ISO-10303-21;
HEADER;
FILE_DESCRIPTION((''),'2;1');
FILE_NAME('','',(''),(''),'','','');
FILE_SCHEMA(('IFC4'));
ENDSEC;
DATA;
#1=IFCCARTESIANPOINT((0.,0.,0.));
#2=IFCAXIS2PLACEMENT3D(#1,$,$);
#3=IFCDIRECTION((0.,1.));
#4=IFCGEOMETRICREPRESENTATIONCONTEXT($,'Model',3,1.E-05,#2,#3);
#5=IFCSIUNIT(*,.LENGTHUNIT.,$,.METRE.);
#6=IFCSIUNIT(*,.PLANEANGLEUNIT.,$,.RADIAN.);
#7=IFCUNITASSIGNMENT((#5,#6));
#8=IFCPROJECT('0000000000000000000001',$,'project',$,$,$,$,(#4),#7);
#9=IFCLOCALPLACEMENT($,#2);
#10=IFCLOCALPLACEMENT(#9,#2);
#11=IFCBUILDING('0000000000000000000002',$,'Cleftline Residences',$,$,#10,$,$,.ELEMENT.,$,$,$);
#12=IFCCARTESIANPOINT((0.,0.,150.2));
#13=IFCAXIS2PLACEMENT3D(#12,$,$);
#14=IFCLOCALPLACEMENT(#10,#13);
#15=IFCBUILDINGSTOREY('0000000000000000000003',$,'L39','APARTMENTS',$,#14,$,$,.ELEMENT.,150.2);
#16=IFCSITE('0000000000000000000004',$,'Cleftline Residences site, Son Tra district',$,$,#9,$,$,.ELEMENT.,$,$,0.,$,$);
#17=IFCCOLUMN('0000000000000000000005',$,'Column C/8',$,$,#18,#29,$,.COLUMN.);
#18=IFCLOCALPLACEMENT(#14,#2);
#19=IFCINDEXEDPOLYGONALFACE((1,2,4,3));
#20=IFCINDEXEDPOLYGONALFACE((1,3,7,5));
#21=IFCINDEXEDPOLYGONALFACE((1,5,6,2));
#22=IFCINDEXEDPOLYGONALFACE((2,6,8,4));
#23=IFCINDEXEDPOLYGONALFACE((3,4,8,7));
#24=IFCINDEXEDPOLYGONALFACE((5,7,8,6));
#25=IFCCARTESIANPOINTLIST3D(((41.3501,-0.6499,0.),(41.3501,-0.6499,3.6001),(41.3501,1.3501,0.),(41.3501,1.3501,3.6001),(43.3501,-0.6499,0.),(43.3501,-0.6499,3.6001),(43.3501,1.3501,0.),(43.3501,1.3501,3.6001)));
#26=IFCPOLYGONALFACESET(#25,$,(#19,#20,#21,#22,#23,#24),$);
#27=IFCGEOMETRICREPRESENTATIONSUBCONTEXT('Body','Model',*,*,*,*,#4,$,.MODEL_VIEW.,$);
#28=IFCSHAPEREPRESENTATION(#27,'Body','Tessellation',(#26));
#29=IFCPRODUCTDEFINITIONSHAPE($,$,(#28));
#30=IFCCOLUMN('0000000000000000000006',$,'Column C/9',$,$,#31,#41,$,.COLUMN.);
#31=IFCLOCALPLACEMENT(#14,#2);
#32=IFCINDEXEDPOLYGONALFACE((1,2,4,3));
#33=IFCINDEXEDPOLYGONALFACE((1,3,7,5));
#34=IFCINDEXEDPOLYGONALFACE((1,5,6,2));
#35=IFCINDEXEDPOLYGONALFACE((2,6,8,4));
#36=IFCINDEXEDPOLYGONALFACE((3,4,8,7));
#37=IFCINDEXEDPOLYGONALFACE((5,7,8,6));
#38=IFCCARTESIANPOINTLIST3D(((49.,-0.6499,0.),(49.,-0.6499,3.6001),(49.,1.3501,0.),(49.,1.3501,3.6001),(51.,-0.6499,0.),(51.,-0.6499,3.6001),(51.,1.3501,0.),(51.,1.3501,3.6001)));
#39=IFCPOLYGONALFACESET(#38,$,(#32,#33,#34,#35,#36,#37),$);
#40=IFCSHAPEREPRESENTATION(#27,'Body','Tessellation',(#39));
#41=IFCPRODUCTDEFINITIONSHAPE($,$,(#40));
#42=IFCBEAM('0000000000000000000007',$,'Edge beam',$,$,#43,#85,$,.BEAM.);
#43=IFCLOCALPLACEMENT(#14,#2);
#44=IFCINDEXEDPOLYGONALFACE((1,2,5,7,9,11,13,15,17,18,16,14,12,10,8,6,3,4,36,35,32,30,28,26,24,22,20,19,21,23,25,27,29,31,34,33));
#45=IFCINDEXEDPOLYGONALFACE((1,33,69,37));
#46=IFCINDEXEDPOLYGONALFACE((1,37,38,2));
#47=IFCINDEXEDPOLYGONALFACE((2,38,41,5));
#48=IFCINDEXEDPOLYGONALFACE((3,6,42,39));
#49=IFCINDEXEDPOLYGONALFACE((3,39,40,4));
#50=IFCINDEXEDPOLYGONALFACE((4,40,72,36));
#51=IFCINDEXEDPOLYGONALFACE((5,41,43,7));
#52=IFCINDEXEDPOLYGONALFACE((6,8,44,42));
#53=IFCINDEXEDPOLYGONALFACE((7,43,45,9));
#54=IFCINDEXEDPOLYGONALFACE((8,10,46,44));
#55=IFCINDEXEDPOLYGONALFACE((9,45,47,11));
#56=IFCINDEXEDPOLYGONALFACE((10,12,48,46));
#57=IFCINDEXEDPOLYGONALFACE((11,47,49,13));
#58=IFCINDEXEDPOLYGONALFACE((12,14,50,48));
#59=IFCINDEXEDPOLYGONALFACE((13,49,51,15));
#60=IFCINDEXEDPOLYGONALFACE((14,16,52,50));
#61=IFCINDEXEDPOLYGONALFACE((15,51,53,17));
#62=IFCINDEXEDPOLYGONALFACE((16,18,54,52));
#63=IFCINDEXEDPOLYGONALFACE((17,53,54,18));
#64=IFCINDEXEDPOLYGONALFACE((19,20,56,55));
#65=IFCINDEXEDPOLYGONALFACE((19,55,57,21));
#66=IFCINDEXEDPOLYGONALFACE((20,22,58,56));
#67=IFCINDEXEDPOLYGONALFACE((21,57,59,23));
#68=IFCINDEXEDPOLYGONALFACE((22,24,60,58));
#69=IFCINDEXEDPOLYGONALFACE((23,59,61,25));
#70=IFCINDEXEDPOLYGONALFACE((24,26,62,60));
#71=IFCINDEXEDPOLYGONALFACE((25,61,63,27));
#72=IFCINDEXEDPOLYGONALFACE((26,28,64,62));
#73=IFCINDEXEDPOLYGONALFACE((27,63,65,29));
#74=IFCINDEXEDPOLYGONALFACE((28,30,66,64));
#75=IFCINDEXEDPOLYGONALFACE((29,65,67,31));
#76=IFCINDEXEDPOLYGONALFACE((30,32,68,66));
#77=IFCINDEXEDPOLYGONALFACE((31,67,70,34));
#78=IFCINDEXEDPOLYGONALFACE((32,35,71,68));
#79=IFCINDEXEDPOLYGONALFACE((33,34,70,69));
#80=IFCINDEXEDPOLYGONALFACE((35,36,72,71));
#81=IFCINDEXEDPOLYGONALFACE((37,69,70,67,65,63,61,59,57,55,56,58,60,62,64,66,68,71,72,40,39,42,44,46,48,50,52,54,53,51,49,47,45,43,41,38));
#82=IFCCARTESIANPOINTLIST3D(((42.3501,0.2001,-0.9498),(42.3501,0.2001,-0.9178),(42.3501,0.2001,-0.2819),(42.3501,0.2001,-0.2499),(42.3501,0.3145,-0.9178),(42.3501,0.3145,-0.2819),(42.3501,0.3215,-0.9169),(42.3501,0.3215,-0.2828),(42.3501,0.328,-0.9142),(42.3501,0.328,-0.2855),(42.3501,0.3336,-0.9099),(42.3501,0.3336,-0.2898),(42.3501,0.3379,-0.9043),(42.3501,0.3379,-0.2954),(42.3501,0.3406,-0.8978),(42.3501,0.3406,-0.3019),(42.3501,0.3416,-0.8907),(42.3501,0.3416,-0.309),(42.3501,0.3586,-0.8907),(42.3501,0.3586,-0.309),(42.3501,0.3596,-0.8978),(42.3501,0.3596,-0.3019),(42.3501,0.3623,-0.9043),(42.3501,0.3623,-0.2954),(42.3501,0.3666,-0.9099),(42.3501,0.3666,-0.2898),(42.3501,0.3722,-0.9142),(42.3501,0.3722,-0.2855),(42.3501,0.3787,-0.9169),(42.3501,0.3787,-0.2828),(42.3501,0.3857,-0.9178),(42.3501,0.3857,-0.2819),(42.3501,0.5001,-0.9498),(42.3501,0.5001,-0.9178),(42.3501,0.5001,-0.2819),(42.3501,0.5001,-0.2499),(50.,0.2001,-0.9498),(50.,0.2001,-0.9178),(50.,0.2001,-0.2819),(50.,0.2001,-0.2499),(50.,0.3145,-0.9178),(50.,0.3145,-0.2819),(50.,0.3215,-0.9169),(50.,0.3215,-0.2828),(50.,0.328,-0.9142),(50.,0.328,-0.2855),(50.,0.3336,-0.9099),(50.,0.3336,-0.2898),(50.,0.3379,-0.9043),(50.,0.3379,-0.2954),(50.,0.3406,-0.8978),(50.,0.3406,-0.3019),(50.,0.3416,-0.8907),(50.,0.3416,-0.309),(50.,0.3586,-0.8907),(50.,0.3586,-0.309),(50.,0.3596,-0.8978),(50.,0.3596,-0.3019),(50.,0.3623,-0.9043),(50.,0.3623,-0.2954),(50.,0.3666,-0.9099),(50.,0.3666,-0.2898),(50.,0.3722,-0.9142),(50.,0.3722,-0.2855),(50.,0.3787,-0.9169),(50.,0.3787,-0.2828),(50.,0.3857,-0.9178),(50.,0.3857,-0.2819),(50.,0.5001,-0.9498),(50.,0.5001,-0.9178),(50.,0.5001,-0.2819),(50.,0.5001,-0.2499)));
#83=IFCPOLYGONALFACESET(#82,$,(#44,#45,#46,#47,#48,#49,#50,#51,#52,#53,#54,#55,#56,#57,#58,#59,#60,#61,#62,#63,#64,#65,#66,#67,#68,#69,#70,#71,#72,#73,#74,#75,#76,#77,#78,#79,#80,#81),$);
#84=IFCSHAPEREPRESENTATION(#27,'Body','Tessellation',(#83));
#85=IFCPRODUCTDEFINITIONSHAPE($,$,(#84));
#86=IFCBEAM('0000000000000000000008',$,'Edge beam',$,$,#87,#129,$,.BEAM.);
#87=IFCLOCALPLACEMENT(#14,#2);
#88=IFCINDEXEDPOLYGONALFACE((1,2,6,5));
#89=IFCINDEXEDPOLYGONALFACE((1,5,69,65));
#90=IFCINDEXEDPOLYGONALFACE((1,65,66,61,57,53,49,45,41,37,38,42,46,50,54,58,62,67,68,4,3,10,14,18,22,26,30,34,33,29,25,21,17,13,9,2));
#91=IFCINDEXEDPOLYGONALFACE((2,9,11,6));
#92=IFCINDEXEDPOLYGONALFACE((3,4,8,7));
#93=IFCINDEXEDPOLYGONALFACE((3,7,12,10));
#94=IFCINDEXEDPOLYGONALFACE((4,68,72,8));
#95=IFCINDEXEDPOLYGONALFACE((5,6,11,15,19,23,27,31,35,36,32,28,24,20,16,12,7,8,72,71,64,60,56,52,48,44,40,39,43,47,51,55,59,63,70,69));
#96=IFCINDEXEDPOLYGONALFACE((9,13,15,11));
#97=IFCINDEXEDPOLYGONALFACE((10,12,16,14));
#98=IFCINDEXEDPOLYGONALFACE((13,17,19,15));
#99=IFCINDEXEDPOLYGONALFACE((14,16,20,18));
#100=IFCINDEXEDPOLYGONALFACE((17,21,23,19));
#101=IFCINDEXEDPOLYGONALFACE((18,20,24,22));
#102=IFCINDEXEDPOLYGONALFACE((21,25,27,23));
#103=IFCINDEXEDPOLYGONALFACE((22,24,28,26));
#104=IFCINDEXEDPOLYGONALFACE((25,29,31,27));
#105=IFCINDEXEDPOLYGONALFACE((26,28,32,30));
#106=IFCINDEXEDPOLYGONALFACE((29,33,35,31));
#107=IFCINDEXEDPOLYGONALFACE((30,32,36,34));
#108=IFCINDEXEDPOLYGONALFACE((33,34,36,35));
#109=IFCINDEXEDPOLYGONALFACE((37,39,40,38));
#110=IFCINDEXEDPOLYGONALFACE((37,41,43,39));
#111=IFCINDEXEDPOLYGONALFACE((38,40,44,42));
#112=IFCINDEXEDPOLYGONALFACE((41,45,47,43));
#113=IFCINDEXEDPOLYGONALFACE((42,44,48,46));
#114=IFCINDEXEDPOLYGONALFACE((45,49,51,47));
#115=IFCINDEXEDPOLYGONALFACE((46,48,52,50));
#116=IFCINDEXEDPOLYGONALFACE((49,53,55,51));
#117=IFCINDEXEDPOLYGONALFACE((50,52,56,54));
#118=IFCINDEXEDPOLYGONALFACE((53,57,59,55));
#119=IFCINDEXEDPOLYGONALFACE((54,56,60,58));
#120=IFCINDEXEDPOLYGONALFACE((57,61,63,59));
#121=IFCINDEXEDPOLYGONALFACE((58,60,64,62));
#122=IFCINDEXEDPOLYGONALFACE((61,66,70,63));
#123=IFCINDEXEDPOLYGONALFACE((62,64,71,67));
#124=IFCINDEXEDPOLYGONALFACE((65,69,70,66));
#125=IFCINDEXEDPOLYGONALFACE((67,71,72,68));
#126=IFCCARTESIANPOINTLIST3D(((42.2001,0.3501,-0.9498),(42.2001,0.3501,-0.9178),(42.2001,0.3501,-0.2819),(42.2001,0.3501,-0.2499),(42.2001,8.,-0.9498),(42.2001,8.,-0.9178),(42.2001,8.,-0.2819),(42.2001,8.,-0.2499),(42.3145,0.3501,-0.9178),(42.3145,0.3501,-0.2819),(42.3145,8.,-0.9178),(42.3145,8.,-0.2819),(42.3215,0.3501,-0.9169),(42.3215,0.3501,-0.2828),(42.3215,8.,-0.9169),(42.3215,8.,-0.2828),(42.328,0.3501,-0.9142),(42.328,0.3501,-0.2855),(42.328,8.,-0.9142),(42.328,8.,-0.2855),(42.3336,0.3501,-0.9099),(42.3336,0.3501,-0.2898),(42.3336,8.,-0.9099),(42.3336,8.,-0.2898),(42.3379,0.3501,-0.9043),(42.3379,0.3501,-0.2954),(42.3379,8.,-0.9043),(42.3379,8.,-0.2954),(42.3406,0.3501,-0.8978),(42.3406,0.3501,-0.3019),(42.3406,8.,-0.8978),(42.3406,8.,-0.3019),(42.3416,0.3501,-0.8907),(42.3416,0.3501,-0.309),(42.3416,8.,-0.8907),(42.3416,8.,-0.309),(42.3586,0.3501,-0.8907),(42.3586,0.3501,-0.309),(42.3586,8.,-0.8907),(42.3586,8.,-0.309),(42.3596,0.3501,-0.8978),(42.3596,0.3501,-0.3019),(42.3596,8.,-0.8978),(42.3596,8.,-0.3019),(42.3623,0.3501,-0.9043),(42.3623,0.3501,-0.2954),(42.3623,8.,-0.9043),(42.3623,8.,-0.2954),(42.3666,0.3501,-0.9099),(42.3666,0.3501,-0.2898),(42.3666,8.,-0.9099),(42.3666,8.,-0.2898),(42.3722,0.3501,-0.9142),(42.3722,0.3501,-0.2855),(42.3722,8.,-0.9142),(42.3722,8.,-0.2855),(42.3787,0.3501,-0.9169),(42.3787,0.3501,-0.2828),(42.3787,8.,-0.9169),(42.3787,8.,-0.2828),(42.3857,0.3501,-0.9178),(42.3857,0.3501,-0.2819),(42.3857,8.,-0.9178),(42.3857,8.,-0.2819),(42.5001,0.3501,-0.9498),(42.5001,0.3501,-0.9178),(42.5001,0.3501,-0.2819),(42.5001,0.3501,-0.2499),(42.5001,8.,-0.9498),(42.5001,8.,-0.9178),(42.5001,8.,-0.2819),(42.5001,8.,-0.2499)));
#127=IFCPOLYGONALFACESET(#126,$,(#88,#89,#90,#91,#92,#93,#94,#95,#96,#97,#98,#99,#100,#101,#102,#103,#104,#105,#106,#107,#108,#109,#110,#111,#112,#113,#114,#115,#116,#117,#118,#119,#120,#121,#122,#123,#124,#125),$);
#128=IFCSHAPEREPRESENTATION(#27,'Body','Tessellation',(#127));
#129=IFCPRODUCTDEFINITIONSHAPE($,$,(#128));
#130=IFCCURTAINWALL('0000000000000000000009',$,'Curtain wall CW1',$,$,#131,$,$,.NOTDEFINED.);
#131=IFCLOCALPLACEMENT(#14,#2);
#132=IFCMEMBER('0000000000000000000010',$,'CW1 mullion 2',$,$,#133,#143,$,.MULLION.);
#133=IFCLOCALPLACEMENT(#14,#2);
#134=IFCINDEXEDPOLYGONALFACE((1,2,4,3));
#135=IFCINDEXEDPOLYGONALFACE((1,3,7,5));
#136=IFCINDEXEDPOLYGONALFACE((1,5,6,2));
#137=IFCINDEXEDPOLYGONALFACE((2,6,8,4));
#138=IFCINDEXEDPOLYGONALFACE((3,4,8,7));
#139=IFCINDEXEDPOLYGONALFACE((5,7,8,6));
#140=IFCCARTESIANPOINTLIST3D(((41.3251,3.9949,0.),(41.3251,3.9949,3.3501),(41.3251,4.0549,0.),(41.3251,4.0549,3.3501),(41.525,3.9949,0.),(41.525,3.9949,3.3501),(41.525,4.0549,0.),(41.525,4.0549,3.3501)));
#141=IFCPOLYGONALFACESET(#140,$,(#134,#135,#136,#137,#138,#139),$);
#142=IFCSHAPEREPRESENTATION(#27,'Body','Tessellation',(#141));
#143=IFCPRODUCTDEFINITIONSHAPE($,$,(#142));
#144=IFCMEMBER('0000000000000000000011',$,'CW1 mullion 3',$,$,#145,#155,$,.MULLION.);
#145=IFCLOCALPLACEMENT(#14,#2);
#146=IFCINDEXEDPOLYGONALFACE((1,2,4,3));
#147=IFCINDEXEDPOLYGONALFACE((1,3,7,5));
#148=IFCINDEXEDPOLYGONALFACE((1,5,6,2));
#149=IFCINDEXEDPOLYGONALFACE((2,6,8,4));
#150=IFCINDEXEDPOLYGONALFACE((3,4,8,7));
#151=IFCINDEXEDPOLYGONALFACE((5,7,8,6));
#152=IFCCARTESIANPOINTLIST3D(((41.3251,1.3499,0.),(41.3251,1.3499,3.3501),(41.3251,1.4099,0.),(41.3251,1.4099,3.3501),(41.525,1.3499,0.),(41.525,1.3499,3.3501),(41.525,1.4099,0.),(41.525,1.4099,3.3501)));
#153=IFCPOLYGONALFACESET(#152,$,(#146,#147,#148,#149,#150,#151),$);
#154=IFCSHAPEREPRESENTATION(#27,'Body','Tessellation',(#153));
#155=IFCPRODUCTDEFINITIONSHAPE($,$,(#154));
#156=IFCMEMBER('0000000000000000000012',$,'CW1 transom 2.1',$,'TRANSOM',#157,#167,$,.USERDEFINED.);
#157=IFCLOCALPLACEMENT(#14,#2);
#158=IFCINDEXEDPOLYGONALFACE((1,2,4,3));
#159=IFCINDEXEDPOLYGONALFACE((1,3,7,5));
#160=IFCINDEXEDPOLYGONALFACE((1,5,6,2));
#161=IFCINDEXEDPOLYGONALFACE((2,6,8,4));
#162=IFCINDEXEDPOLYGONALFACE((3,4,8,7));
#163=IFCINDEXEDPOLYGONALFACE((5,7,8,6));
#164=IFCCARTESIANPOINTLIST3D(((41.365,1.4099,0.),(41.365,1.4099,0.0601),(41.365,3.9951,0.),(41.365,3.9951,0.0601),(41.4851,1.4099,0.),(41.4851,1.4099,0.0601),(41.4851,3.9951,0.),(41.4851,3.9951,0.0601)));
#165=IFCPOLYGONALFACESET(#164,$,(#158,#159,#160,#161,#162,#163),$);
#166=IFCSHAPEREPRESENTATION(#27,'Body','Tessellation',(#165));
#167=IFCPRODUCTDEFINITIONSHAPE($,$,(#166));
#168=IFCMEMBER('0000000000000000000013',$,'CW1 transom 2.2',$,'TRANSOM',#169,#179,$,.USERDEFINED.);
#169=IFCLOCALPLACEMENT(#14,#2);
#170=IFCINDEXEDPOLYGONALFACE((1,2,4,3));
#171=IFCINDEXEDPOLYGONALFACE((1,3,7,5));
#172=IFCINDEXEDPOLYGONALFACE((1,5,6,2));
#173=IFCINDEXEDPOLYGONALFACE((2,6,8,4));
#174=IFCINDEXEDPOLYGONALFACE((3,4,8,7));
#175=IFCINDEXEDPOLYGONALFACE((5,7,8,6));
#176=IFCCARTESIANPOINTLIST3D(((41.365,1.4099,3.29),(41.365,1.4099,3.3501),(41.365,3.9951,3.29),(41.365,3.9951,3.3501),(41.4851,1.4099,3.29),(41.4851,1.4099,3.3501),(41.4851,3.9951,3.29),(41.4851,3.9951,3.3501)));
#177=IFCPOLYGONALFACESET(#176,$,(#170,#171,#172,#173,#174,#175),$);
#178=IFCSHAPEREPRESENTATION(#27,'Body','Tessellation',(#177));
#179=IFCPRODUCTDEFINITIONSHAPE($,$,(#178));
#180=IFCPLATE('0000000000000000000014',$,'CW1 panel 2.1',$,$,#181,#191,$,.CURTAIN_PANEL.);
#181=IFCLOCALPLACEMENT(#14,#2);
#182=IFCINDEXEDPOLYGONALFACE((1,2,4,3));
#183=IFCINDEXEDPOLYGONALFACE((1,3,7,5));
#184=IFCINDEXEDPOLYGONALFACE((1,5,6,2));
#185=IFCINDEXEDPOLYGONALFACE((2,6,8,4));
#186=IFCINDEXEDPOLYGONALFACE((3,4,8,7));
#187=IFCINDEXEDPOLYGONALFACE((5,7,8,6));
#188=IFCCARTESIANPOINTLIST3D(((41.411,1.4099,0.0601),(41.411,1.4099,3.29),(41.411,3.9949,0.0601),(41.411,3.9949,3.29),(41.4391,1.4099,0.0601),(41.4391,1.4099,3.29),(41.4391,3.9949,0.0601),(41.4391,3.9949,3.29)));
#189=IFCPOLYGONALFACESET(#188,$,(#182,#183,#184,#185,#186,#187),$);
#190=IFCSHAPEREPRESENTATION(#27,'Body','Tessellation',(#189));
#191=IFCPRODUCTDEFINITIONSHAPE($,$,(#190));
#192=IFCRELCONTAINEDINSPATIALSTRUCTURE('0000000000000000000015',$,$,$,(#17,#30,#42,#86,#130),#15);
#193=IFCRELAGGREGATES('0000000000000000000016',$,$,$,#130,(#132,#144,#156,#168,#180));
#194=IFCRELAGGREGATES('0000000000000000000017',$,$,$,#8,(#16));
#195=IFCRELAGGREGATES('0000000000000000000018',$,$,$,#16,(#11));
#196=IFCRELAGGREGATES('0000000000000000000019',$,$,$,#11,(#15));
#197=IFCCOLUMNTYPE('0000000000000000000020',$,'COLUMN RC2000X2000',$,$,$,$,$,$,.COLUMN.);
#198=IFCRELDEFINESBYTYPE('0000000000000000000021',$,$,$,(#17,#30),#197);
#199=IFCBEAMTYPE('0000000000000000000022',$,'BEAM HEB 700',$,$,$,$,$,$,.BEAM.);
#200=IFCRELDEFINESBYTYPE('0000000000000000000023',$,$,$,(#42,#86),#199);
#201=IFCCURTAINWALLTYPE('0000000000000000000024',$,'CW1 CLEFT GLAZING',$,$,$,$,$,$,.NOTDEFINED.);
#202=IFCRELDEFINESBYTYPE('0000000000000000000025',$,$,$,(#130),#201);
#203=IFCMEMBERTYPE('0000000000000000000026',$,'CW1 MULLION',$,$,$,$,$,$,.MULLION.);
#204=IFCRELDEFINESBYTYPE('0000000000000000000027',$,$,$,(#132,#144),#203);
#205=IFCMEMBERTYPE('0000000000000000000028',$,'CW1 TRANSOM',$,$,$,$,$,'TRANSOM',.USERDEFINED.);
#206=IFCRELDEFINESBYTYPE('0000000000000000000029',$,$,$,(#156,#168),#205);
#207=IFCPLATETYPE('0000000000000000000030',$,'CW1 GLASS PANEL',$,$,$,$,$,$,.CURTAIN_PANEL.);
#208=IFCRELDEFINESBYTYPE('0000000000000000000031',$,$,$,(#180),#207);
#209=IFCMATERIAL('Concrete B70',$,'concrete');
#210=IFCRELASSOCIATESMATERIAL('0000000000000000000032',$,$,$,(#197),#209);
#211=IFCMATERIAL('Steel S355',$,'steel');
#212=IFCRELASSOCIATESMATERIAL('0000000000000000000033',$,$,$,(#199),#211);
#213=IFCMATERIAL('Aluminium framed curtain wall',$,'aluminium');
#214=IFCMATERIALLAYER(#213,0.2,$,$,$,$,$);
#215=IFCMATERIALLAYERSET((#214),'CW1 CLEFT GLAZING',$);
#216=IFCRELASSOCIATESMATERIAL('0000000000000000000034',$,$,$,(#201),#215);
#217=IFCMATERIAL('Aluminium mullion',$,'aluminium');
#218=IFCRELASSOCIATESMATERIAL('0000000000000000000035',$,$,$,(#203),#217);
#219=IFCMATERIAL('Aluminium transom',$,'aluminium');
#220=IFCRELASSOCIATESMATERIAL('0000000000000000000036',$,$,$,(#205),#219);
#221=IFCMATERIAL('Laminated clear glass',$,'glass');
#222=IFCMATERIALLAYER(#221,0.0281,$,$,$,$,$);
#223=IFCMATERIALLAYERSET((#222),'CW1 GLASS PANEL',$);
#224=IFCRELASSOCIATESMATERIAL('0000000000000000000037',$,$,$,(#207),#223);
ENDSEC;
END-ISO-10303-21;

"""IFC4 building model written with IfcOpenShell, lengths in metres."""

from ifc_helpers import new_model, si_unit, direction, frame, origin, origin_2d, place, context, subcontext, project, spatial, rectangle, i_section, extrude, material, layer, layer_set, material_profile, profile_set, type_object, element, aggregate, save


model = new_model("IFC4")

# Units and contexts
model_context = context("Model", 3, precision=1e-05, world=origin(), true_north=direction((0.0, 1.0)))
body_context = subcontext(model_context, "Body", "Model", "MODEL_VIEW")
ifc_project = project(units=[si_unit("LENGTHUNIT", "METRE"), si_unit("PLANEANGLEUNIT", "RADIAN")], contexts=[model_context])

# Site, building, storey
site_placement = place(None, origin())
site = spatial("IfcSite", under=ifc_project, at=site_placement, Name="Cleftline Residences site, Son Tra district", CompositionType="ELEMENT", RefElevation=0.0)
building_placement = place(site_placement, origin())
building = spatial("IfcBuilding", under=site, at=building_placement, Name="Cleftline Residences", CompositionType="ELEMENT")
storey_placement = place(building_placement, frame((0.0, 0.0, 150.2)))
storey = spatial("IfcBuildingStorey", under=building, at=storey_placement, Name="L39", Description="APARTMENTS", CompositionType="ELEMENT", Elevation=150.2)

# Columns
ifc_material_1 = material(Name="Concrete B70", Category="concrete")
ifc_material_profile_1 = material_profile(ifc_material_1, rectangle(XDim=2.0, YDim=2.0, at=origin_2d()))
ifc_profile_set_1 = profile_set([ifc_material_profile_1], Name="Concrete B70")
column_type = type_object("IfcColumnType", Name="COLUMN RC2000X2000", PredefinedType="COLUMN", material=ifc_profile_set_1)
for number, where, z_axis, x_axis, name in (
    (1, (42.3501, 0.3501, 0.0), (0.0, 0.0, 1.0), (1.0, 0.0, 0.0), "Column C/8"),
    (2, (50.0, 0.3501, 0.0), (0.0, 0.0, 1.0), (1.0, 0.0, 0.0), "Column C/9"),
):
    element("IfcColumn", number, at=place(storey_placement, frame(where, z_axis=z_axis, x_axis=x_axis)), inside=storey, type_object=column_type, Name=name, PredefinedType="COLUMN", context=body_context, shape_type="SweptSolid", body=[
        extrude(rectangle(XDim=2.0, YDim=2.0, at=origin_2d()), origin(), (0.0, 0.0, 1.0), 3.6001),
    ])

# Beams
ifc_material_2 = material(Name="Steel S355", Category="steel")
ifc_material_profile_2 = material_profile(ifc_material_2, i_section(OverallWidth=0.3, OverallDepth=0.7, WebThickness=0.0171, FlangeThickness=0.032, FilletRadius=0.0271, at=origin_2d()))
ifc_profile_set_2 = profile_set([ifc_material_profile_2], Name="Steel S355")
beam_type = type_object("IfcBeamType", Name="BEAM HEB 700", PredefinedType="BEAM", material=ifc_profile_set_2)
for number, where, z_axis, x_axis, name in (
    (3, (50.0, 0.3501, -0.5999), (-1.0, 0.0, 0.0), (0.0, -1.0, 0.0), "Edge beam"),
    (4, (42.3501, 0.3501, -0.5999), (0.0, 1.0, 0.0), (-1.0, 0.0, 0.0), "Edge beam"),
):
    element("IfcBeam", number, at=place(storey_placement, frame(where, z_axis=z_axis, x_axis=x_axis)), inside=storey, type_object=beam_type, Name=name, PredefinedType="BEAM", context=body_context, shape_type="SweptSolid", body=[
        extrude(i_section(OverallWidth=0.3, OverallDepth=0.7, WebThickness=0.0171, FlangeThickness=0.032, FilletRadius=0.0271, at=origin_2d()), origin(), (0.0, 0.0, 1.0), 7.6499),
    ])

# Curtain wall, members, plate
ifc_material_3 = material(Name="Aluminium framed curtain wall", Category="aluminium")
ifc_layer_1 = layer(ifc_material_3, 0.2)
ifc_layer_set_1 = layer_set([ifc_layer_1], Name="CW1 CLEFT GLAZING")
curtain_wall_type = type_object("IfcCurtainWallType", Name="CW1 CLEFT GLAZING", PredefinedType="NOTDEFINED", material=ifc_layer_set_1)
curtain_wall_placement = place(storey_placement, origin())
curtain_wall = element("IfcCurtainWall", 5, at=curtain_wall_placement, inside=storey, type_object=curtain_wall_type, Name="Curtain wall CW1", PredefinedType="NOTDEFINED")
ifc_material_4 = material(Name="Aluminium mullion", Category="aluminium")
ifc_material_profile_3 = material_profile(ifc_material_4, rectangle(XDim=0.2, YDim=0.0601, at=origin_2d()))
ifc_profile_set_3 = profile_set([ifc_material_profile_3], Name="Aluminium mullion")
member_type_1 = type_object("IfcMemberType", Name="CW1 MULLION", PredefinedType="MULLION", material=ifc_profile_set_3)
member_1_placement = place(storey_placement, frame((41.425, 4.0249, 0.0), z_axis=(0.0, 0.0, 1.0), x_axis=(1.0, 0.0, 0.0)))
member_1 = element("IfcMember", 6, at=member_1_placement, type_object=member_type_1, Name="CW1 mullion 2", PredefinedType="MULLION", context=body_context, shape_type="SweptSolid", body=[
    extrude(rectangle(XDim=0.2, YDim=0.0601, at=origin_2d()), origin(), (0.0, 0.0, 1.0), 3.3501),
])
member_2_placement = place(storey_placement, frame((41.425, 1.3799, 0.0), z_axis=(0.0, 0.0, 1.0), x_axis=(1.0, 0.0, 0.0)))
member_2 = element("IfcMember", 7, at=member_2_placement, type_object=member_type_1, Name="CW1 mullion 3", PredefinedType="MULLION", context=body_context, shape_type="SweptSolid", body=[
    extrude(rectangle(XDim=0.2, YDim=0.0601, at=origin_2d()), origin(), (0.0, 0.0, 1.0), 3.3501),
])
ifc_material_5 = material(Name="Aluminium transom", Category="aluminium")
ifc_material_profile_4 = material_profile(ifc_material_5, rectangle(XDim=0.1201, YDim=0.0601, at=origin_2d()))
ifc_profile_set_4 = profile_set([ifc_material_profile_4], Name="Aluminium transom")
member_type_2 = type_object("IfcMemberType", Name="CW1 TRANSOM", ElementType="TRANSOM", PredefinedType="USERDEFINED", material=ifc_profile_set_4)
member_3_placement = place(storey_placement, frame((41.425, 3.9951, 0.03), z_axis=(0.0, -1.0, 0.0), x_axis=(1.0, 0.0, 0.0)))
member_3 = element("IfcMember", 8, at=member_3_placement, type_object=member_type_2, Name="CW1 transom 2.1", ObjectType="TRANSOM", PredefinedType="USERDEFINED", context=body_context, shape_type="SweptSolid", body=[
    extrude(rectangle(XDim=0.1201, YDim=0.0601, at=origin_2d()), origin(), (0.0, 0.0, 1.0), 2.5852),
])
member_4_placement = place(storey_placement, frame((41.425, 3.9951, 3.3201), z_axis=(0.0, -1.0, 0.0), x_axis=(1.0, 0.0, 0.0)))
member_4 = element("IfcMember", 9, at=member_4_placement, type_object=member_type_2, Name="CW1 transom 2.2", ObjectType="TRANSOM", PredefinedType="USERDEFINED", context=body_context, shape_type="SweptSolid", body=[
    extrude(rectangle(XDim=0.1201, YDim=0.0601, at=origin_2d()), origin(), (0.0, 0.0, 1.0), 2.5852),
])
ifc_material_6 = material(Name="Laminated clear glass", Category="glass")
ifc_layer_2 = layer(ifc_material_6, 0.0281)
ifc_layer_set_2 = layer_set([ifc_layer_2], Name="CW1 GLASS PANEL")
plate_type = type_object("IfcPlateType", Name="CW1 GLASS PANEL", PredefinedType="CURTAIN_PANEL", material=ifc_layer_set_2)
plate_placement = place(storey_placement, frame((41.425, 2.7024, 0.0601), z_axis=(0.0, 0.0, 1.0), x_axis=(0.0, -1.0, 0.0)))
plate = element("IfcPlate", 10, at=plate_placement, type_object=plate_type, Name="CW1 panel 2.1", PredefinedType="CURTAIN_PANEL", context=body_context, shape_type="SweptSolid", body=[
    extrude(rectangle(XDim=2.585, YDim=0.0281, at=origin_2d()), origin(), (0.0, 0.0, 1.0), 3.23),
])
aggregate(curtain_wall, [member_1, member_2, member_3, member_4, plate])

save(model, "model.ifc")
